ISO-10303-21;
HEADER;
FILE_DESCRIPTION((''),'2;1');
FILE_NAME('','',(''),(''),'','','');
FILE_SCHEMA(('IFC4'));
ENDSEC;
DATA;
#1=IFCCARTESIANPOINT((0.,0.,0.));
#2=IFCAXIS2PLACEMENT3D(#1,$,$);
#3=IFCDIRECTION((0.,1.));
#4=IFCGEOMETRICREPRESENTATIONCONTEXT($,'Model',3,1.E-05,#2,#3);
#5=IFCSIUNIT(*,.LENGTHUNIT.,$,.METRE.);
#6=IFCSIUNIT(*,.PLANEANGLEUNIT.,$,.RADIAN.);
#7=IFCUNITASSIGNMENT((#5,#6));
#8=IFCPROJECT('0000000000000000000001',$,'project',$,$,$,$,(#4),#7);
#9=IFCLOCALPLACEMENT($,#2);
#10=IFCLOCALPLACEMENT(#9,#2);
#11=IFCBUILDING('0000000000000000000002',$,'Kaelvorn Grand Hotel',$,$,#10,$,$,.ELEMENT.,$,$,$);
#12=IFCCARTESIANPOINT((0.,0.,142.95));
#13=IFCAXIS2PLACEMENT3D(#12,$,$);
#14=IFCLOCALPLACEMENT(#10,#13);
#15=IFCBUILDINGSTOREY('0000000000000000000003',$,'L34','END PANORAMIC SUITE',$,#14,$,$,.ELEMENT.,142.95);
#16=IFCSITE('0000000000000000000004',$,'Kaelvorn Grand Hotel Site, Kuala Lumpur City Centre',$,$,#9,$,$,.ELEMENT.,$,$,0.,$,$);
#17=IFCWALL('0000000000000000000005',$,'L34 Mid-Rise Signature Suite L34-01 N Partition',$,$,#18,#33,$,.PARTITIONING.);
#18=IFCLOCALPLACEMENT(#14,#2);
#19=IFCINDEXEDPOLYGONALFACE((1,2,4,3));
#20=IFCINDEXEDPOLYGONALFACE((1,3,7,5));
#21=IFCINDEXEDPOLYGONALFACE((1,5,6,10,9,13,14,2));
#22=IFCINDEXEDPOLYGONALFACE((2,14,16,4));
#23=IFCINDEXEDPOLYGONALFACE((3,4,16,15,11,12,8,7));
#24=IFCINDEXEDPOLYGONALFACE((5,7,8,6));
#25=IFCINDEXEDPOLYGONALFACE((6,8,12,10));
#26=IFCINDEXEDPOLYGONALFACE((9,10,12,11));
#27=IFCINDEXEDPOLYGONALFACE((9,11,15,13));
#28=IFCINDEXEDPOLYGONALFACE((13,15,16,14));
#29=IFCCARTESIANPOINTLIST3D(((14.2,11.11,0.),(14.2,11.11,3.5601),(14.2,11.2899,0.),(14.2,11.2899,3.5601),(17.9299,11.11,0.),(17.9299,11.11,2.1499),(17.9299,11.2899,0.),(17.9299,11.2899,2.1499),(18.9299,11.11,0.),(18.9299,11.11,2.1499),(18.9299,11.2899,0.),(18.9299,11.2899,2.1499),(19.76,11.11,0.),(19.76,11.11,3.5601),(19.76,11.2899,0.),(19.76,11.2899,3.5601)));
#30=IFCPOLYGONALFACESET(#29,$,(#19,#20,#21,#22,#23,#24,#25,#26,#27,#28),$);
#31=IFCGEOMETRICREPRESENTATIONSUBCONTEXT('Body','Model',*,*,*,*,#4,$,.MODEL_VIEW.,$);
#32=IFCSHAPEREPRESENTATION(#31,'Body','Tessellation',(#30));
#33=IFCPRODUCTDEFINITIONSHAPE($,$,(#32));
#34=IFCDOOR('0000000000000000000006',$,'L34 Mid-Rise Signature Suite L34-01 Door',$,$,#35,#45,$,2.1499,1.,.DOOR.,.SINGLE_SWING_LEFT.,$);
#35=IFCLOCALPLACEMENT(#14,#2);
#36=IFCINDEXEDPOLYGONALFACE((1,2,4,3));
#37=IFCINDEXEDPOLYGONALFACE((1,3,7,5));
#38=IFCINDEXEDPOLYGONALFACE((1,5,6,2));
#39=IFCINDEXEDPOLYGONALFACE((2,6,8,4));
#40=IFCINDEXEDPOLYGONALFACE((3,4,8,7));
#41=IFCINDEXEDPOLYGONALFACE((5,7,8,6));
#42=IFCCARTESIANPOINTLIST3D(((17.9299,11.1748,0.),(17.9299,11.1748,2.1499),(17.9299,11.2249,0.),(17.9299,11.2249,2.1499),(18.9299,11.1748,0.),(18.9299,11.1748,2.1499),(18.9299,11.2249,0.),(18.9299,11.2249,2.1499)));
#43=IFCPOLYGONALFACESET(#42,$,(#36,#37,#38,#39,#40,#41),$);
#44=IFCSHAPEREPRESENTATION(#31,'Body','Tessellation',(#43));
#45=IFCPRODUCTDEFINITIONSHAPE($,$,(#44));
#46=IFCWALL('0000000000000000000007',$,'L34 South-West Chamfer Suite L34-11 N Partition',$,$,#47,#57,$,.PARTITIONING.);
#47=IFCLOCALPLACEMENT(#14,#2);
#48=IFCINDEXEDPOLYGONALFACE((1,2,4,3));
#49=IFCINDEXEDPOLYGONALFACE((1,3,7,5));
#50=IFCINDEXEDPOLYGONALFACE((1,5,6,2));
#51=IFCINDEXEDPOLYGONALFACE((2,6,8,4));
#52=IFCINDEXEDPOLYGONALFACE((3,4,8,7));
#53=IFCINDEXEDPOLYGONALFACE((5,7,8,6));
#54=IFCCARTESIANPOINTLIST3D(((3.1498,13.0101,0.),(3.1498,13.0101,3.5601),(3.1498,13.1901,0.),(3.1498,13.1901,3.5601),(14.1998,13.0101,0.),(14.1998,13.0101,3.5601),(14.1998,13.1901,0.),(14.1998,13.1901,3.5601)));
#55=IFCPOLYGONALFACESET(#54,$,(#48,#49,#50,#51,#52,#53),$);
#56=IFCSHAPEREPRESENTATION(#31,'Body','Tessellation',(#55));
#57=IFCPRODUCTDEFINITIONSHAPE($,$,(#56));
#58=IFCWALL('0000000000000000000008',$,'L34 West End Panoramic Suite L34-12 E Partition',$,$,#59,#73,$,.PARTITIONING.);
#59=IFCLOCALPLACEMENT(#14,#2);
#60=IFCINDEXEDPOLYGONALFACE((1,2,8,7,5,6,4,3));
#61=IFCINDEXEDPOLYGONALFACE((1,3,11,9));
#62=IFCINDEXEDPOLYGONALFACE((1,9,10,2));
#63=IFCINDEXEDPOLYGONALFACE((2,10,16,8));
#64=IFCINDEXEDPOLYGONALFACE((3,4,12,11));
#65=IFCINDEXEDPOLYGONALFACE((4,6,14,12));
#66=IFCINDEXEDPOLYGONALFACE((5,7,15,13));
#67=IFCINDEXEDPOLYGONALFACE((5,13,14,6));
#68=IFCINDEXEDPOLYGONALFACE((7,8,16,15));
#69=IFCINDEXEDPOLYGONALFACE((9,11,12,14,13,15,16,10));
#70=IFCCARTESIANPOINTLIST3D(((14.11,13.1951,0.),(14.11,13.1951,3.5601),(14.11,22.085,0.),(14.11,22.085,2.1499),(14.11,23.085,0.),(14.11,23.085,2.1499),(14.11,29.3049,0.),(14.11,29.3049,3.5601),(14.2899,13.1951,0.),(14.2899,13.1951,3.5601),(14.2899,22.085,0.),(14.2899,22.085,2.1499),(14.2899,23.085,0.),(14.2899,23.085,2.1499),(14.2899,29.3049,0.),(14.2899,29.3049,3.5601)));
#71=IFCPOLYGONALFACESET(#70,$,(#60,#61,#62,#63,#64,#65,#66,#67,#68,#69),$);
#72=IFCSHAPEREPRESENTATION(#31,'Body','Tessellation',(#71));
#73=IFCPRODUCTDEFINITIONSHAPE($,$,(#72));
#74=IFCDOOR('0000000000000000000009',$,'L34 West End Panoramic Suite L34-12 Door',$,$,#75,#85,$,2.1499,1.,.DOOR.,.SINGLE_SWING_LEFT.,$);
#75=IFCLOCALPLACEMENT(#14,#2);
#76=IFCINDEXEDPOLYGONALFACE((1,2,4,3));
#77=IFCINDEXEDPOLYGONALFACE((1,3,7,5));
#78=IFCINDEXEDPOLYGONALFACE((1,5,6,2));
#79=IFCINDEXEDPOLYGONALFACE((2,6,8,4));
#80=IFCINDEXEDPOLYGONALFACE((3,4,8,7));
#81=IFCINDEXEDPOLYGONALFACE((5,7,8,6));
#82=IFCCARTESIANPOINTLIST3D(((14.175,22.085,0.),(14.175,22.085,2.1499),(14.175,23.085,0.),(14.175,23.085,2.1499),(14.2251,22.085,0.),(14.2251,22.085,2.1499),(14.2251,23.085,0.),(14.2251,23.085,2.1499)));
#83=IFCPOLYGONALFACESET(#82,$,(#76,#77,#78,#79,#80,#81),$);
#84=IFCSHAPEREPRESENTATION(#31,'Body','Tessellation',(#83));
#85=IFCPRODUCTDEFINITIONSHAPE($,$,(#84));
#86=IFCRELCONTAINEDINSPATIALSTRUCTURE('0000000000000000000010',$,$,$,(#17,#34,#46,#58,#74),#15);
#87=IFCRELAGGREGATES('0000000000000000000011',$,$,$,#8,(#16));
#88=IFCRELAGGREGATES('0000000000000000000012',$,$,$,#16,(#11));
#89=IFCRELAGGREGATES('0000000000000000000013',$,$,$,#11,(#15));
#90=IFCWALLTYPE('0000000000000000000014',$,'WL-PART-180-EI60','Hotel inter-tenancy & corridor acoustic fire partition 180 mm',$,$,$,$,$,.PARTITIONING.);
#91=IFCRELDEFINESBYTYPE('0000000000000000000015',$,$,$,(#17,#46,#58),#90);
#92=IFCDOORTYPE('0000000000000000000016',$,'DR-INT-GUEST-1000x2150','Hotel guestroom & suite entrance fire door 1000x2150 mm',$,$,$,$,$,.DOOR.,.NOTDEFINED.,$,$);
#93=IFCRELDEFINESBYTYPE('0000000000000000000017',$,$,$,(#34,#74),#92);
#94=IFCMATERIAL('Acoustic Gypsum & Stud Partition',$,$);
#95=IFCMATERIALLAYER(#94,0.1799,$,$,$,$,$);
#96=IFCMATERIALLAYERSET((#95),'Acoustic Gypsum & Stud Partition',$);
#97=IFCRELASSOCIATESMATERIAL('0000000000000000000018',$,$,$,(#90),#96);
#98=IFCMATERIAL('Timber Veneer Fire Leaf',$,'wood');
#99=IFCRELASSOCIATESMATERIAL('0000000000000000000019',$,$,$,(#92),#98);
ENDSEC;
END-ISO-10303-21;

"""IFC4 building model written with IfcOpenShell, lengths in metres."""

from ifc_helpers import new_model, si_unit, direction, frame, frame_2d, origin, place, context, subcontext, project, spatial, rectangle, extrude, material, layer, layer_set, type_object, element, fill, save


model = new_model("IFC4")

# Units and contexts
model_context = context("Model", 3, precision=1e-05, world=origin(), true_north=direction((0.0, 1.0)))
body_context = subcontext(model_context, "Body", "Model", "MODEL_VIEW")
ifc_project = project(units=[si_unit("LENGTHUNIT", "METRE"), si_unit("PLANEANGLEUNIT", "RADIAN")], contexts=[model_context])

# Site, building, storey
site_placement = place(None, origin())
site = spatial("IfcSite", under=ifc_project, at=site_placement, Name="Kaelvorn Grand Hotel Site, Kuala Lumpur City Centre", CompositionType="ELEMENT", RefElevation=0.0)
building_placement = place(site_placement, origin())
building = spatial("IfcBuilding", under=site, at=building_placement, Name="Kaelvorn Grand Hotel", CompositionType="ELEMENT")
storey_placement = place(building_placement, frame((0.0, 0.0, 142.95)))
storey = spatial("IfcBuildingStorey", under=building, at=storey_placement, Name="L34", Description="END PANORAMIC SUITE", CompositionType="ELEMENT", Elevation=142.95)

# Shared definitions
ifc_material_1 = material(Name="Acoustic Gypsum & Stud Partition")
ifc_material_2 = material(Name="Timber Veneer Fire Leaf", Category="wood")

# Wall, opening, door
ifc_layer_1 = layer(ifc_material_1, 0.1799)
ifc_layer_set_1 = layer_set([ifc_layer_1], Name="Acoustic Gypsum & Stud Partition")
wall_type_1 = type_object("IfcWallType", Name="WL-PART-180-EI60", Description="Hotel inter-tenancy & corridor acoustic fire partition 180 mm", PredefinedType="PARTITIONING", material=ifc_layer_set_1)
wall_1_placement = place(storey_placement, frame((14.2, 11.2, 0.0), z_axis=(0.0, 0.0, 1.0), x_axis=(1.0, 0.0, 0.0)))
wall_1 = element("IfcWall", 1, at=wall_1_placement, inside=storey, type_object=wall_type_1, Name="L34 Mid-Rise Signature Suite L34-01 N Partition", PredefinedType="PARTITIONING", context=body_context, shape_type="SweptSolid", body=[
    extrude(rectangle(XDim=5.5601, YDim=0.1799, at=frame_2d((2.78, 0.0))), origin(), (0.0, 0.0, 1.0), 3.5601),
])
opening_1_placement = place(wall_1_placement, frame((3.73, 0.0, 0.0)))
opening_1 = element("IfcOpeningElement", 2, at=opening_1_placement, cuts=wall_1, PredefinedType="OPENING", context=body_context, shape_type="SweptSolid", body=[
    extrude(rectangle(XDim=1.0, YDim=2.1499, at=frame_2d((0.5, 1.075))), frame((0.0, 0.1001, 0.0), z_axis=(0.0, -1.0, 0.0), x_axis=(1.0, 0.0, 0.0)), (0.0, 0.0, 1.0), 0.2),
])
door_type_1 = type_object("IfcDoorType", Name="DR-INT-GUEST-1000x2150", Description="Hotel guestroom & suite entrance fire door 1000x2150 mm", OperationType="NOTDEFINED", PredefinedType="DOOR", material=ifc_material_2)
door_1_placement = place(opening_1_placement, origin())
door_1 = element("IfcDoor", 3, at=door_1_placement, inside=storey, type_object=door_type_1, Name="L34 Mid-Rise Signature Suite L34-01 Door", OperationType="SINGLE_SWING_LEFT", OverallHeight=2.1499, OverallWidth=1.0, PredefinedType="DOOR", context=body_context, shape_type="SweptSolid", body=[
    extrude(rectangle(XDim=1.0, YDim=2.1499, at=frame_2d((0.5, 1.075))), frame((0.0, 0.0249, 0.0), z_axis=(0.0, -1.0, 0.0), x_axis=(1.0, 0.0, 0.0)), (0.0, 0.0, 1.0), 0.05),
])
fill(opening_1, door_1)

# Wall
wall_2_placement = place(storey_placement, frame((3.1499, 13.1001, 0.0), z_axis=(0.0, 0.0, 1.0), x_axis=(1.0, 0.0, 0.0)))
element("IfcWall", 4, at=wall_2_placement, inside=storey, type_object=wall_type_1, Name="L34 South-West Chamfer Suite L34-11 N Partition", PredefinedType="PARTITIONING", context=body_context, shape_type="SweptSolid", body=[
    extrude(rectangle(XDim=11.05, YDim=0.1799, at=frame_2d((5.5249, 0.0))), origin(), (0.0, 0.0, 1.0), 3.5601),
])

# Wall, opening, door
wall_3_placement = place(storey_placement, frame((14.2, 13.1951, 0.0), z_axis=(0.0, 0.0, 1.0), x_axis=(0.0, 1.0, 0.0)))
wall_3 = element("IfcWall", 5, at=wall_3_placement, inside=storey, type_object=wall_type_1, Name="L34 West End Panoramic Suite L34-12 E Partition", PredefinedType="PARTITIONING", context=body_context, shape_type="SweptSolid", body=[
    extrude(rectangle(XDim=16.1099, YDim=0.1799, at=frame_2d((8.0549, 0.0))), origin(), (0.0, 0.0, 1.0), 3.5601),
])
opening_2_placement = place(wall_3_placement, frame((8.8899, 0.0, 0.0)))
opening_2 = element("IfcOpeningElement", 6, at=opening_2_placement, cuts=wall_3, PredefinedType="OPENING", context=body_context, shape_type="SweptSolid", body=[
    extrude(rectangle(XDim=1.0, YDim=2.1499, at=frame_2d((0.5, 1.075))), frame((0.0, 0.1001, 0.0), z_axis=(0.0, -1.0, 0.0), x_axis=(1.0, 0.0, 0.0)), (0.0, 0.0, 1.0), 0.2),
])
door_2_placement = place(opening_2_placement, origin())
door_2 = element("IfcDoor", 7, at=door_2_placement, inside=storey, type_object=door_type_1, Name="L34 West End Panoramic Suite L34-12 Door", OperationType="SINGLE_SWING_LEFT", OverallHeight=2.1499, OverallWidth=1.0, PredefinedType="DOOR", context=body_context, shape_type="SweptSolid", body=[
    extrude(rectangle(XDim=1.0, YDim=2.1499, at=frame_2d((0.5, 1.075))), frame((0.0, 0.0249, 0.0), z_axis=(0.0, -1.0, 0.0), x_axis=(1.0, 0.0, 0.0)), (0.0, 0.0, 1.0), 0.05),
])
fill(opening_2, door_2)

save(model, "model.ifc")
